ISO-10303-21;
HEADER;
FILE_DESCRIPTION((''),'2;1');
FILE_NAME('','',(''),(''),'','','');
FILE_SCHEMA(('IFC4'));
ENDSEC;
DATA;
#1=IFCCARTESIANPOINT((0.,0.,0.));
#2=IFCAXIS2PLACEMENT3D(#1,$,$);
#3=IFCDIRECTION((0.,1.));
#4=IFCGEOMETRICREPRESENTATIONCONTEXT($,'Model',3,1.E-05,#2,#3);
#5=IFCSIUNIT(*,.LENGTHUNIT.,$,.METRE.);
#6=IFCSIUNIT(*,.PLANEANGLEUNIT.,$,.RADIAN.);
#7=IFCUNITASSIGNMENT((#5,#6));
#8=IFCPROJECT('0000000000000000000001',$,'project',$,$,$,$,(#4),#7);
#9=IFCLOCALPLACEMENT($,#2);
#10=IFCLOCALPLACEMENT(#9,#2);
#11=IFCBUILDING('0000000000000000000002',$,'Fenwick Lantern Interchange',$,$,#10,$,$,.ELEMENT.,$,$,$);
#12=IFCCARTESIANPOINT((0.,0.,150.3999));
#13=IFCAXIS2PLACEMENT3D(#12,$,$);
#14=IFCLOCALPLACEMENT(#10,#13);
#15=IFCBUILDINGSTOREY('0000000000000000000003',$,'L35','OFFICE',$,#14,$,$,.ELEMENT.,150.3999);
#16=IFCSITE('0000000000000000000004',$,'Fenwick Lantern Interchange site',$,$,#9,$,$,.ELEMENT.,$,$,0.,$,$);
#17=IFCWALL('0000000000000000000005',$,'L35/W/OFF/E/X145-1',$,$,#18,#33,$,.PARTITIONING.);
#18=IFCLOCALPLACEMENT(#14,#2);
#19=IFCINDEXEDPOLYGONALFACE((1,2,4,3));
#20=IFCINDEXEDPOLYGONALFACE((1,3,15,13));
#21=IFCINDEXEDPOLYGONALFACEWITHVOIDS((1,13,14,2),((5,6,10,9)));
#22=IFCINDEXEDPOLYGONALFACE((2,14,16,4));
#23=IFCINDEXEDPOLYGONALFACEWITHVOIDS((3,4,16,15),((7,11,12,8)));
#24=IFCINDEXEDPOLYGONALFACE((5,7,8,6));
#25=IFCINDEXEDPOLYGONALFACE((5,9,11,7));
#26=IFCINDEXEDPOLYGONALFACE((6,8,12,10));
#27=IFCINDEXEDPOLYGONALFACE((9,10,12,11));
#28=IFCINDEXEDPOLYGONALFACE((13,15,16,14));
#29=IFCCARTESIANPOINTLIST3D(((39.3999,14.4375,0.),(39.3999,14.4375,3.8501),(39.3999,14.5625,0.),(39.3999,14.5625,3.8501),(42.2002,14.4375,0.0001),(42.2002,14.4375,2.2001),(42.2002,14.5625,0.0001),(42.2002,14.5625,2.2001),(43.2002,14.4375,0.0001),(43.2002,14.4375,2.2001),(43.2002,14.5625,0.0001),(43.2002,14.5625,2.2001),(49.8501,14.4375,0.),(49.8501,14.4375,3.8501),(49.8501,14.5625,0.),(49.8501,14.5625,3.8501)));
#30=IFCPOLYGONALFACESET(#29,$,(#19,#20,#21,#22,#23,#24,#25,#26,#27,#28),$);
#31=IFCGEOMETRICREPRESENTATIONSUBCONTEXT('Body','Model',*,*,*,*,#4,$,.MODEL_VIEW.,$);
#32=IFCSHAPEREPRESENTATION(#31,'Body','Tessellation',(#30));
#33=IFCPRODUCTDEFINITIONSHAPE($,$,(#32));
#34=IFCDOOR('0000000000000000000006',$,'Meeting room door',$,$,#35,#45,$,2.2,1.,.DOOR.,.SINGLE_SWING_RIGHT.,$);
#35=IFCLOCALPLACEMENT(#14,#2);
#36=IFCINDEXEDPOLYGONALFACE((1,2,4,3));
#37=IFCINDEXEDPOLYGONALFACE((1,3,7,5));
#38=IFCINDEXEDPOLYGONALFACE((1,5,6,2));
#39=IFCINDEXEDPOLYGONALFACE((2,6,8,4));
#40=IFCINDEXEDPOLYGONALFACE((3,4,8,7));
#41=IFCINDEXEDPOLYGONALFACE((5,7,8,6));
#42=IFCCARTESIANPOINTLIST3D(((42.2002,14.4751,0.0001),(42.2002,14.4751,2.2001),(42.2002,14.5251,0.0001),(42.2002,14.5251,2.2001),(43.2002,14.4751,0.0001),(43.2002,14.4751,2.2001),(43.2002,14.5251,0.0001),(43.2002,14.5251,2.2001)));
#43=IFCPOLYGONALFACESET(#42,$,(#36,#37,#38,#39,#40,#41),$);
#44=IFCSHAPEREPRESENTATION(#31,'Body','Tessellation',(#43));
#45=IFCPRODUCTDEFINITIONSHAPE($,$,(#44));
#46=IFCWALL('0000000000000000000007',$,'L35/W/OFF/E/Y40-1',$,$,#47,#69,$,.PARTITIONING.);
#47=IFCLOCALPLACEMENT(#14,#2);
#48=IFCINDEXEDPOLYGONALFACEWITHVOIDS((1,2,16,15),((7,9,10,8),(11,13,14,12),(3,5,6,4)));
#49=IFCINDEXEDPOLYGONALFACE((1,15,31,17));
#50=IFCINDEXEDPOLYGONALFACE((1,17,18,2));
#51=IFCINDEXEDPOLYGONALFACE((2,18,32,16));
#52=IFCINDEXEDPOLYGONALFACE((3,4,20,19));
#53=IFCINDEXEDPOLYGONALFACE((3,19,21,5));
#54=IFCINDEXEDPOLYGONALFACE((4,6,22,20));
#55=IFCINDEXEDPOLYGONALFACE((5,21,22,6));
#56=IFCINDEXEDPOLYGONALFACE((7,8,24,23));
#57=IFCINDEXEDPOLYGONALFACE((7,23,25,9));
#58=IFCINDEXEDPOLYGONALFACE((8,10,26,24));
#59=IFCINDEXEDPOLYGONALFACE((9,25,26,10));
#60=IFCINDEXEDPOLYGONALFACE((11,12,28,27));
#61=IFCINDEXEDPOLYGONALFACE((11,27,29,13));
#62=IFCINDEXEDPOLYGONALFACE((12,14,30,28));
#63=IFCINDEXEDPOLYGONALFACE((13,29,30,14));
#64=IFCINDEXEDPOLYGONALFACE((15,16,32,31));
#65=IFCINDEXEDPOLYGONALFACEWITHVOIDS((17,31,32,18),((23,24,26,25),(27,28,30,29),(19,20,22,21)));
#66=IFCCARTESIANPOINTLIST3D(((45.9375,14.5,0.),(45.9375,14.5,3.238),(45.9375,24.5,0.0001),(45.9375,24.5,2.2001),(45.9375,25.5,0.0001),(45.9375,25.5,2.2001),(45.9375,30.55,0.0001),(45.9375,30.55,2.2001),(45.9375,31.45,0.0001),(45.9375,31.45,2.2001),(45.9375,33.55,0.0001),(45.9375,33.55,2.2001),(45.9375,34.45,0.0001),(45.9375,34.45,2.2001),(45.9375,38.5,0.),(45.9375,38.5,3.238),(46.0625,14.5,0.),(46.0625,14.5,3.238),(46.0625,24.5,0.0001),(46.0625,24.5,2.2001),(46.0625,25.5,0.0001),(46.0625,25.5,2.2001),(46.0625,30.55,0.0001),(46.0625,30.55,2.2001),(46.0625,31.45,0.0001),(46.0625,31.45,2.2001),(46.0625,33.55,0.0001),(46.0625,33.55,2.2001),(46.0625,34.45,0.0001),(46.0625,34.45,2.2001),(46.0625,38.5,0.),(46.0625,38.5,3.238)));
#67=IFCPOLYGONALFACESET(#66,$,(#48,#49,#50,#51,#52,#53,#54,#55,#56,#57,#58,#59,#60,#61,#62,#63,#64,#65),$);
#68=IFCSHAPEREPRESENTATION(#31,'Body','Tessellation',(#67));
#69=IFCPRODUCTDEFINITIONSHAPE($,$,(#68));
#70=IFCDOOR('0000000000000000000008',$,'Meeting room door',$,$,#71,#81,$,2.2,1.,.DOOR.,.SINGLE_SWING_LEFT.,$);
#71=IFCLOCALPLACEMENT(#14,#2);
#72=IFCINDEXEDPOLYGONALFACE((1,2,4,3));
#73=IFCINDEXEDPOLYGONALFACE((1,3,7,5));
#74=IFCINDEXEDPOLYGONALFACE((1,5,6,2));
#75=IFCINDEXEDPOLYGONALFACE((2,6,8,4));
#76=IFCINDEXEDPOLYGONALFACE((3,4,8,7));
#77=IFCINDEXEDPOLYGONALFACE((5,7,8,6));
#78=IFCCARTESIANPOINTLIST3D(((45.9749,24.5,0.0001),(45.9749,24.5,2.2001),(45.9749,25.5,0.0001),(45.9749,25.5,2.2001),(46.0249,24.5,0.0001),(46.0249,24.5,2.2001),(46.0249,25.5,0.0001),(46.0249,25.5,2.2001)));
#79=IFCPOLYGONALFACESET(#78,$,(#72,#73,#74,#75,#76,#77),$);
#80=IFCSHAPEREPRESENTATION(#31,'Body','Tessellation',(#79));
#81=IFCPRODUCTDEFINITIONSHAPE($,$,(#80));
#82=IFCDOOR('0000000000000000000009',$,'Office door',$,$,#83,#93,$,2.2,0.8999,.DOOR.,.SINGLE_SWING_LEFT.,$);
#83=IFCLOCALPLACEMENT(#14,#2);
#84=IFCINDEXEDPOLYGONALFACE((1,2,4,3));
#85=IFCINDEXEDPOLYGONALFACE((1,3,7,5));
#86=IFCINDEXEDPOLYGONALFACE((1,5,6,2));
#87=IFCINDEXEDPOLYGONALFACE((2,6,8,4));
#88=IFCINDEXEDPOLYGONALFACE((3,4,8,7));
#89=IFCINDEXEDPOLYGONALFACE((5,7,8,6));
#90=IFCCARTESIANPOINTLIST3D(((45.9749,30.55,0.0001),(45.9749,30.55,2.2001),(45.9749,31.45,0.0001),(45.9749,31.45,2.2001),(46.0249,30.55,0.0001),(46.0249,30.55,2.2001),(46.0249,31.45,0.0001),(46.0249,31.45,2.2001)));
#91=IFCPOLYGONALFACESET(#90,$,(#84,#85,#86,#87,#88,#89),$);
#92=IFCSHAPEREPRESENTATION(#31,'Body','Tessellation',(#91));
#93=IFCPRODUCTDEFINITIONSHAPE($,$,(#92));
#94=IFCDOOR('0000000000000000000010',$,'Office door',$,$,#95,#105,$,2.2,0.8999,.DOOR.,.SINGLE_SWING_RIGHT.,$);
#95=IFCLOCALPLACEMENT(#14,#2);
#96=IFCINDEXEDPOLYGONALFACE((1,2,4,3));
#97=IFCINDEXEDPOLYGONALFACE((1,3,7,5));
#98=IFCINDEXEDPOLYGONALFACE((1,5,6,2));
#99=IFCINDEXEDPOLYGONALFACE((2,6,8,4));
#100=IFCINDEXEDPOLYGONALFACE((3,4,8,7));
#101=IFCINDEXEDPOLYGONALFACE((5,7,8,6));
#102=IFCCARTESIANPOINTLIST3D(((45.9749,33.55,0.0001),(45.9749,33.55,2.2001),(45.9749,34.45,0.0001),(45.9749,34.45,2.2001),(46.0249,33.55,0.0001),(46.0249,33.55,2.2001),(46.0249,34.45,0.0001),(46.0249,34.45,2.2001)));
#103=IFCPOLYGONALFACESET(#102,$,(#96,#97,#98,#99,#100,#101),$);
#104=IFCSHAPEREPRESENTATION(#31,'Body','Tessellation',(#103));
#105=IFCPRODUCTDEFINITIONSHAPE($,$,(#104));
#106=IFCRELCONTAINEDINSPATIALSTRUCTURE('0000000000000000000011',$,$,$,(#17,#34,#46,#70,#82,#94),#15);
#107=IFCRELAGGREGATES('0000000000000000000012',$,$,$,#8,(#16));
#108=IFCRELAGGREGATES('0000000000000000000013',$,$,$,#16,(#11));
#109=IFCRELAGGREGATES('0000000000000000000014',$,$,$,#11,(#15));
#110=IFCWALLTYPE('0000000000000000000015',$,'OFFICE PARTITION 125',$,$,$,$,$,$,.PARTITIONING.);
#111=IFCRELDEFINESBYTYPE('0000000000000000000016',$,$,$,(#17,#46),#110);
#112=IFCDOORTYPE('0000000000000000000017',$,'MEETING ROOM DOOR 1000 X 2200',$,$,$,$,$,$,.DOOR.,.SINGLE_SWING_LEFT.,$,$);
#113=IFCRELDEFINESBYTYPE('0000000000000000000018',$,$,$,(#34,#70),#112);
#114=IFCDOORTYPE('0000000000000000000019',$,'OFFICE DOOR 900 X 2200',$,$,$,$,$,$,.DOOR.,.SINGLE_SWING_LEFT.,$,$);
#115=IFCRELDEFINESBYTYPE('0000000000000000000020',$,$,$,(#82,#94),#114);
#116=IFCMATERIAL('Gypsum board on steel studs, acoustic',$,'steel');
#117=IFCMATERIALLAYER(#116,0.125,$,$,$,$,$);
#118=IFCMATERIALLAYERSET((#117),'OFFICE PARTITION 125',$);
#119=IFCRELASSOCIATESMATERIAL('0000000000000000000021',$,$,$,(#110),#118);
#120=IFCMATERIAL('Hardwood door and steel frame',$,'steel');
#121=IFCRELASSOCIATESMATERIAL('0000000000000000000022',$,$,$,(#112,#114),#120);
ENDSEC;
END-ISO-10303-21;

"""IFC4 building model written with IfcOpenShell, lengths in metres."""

from ifc_helpers import new_model, si_unit, direction, frame, frame_2d, origin, place, context, subcontext, project, spatial, rectangle, extrude, material, layer, layer_set, type_object, element, fill, save


model = new_model("IFC4")

# Units and contexts
model_context = context("Model", 3, precision=1e-05, world=origin(), true_north=direction((0.0, 1.0)))
body_context = subcontext(model_context, "Body", "Model", "MODEL_VIEW")
ifc_project = project(units=[si_unit("LENGTHUNIT", "METRE"), si_unit("PLANEANGLEUNIT", "RADIAN")], contexts=[model_context])

# Site, building, storey
site_placement = place(None, origin())
site = spatial("IfcSite", under=ifc_project, at=site_placement, Name="Fenwick Lantern Interchange site", CompositionType="ELEMENT", RefElevation=0.0)
building_placement = place(site_placement, origin())
building = spatial("IfcBuilding", under=site, at=building_placement, Name="Fenwick Lantern Interchange", CompositionType="ELEMENT")
storey_placement = place(building_placement, frame((0.0, 0.0, 150.3999)))
storey = spatial("IfcBuildingStorey", under=building, at=storey_placement, Name="L35", Description="OFFICE", CompositionType="ELEMENT", Elevation=150.3999)

# Wall, opening, door
ifc_material_1 = material(Name="Gypsum board on steel studs, acoustic", Category="steel")
ifc_layer_1 = layer(ifc_material_1, 0.125)
ifc_layer_set_1 = layer_set([ifc_layer_1], Name="OFFICE PARTITION 125")
wall_type_1 = type_object("IfcWallType", Name="OFFICE PARTITION 125", PredefinedType="PARTITIONING", material=ifc_layer_set_1)
wall_1_placement = place(storey_placement, frame((49.8501, 14.5, 0.0), z_axis=(0.0, 0.0, 1.0), x_axis=(-1.0, 0.0, 0.0)))
wall_1 = element("IfcWall", 1, at=wall_1_placement, inside=storey, type_object=wall_type_1, Name="L35/W/OFF/E/X145-1", PredefinedType="PARTITIONING", context=body_context, shape_type="SweptSolid", body=[
    extrude(rectangle(XDim=10.4502, YDim=0.125, at=frame_2d((5.2251, 0.0))), origin(), (0.0, 0.0, 1.0), 3.8501),
])
opening_1_placement = place(wall_1_placement, frame((6.6499, 0.0, 0.0)))
opening_1 = element("IfcOpeningElement", 2, at=opening_1_placement, cuts=wall_1, PredefinedType="OPENING", context=body_context, shape_type="SweptSolid", body=[
    extrude(rectangle(XDim=1.0, YDim=2.2, at=frame_2d((0.5, 1.1001))), frame((0.0, 0.0725, 0.0), z_axis=(0.0, -1.0, 0.0), x_axis=(1.0, 0.0, 0.0)), (0.0, 0.0, 1.0), 0.145),
])
ifc_material_2 = material(Name="Hardwood door and steel frame", Category="steel")
door_type_1 = type_object("IfcDoorType", Name="MEETING ROOM DOOR 1000 X 2200", OperationType="SINGLE_SWING_LEFT", PredefinedType="DOOR", material=ifc_material_2)
door_1_placement = place(opening_1_placement, origin())
door_1 = element("IfcDoor", 3, at=door_1_placement, inside=storey, type_object=door_type_1, Name="Meeting room door", OperationType="SINGLE_SWING_RIGHT", OverallHeight=2.2, OverallWidth=1.0, PredefinedType="DOOR", context=body_context, shape_type="SweptSolid", body=[
    extrude(rectangle(XDim=1.0, YDim=2.2, at=frame_2d((0.5, 1.1001))), frame((0.0, 0.0249, 0.0), z_axis=(0.0, -1.0, 0.0), x_axis=(1.0, 0.0, 0.0)), (0.0, 0.0, 1.0), 0.05),
])
fill(opening_1, door_1)

# Wall, openings, doors
wall_2_placement = place(storey_placement, frame((46.0, 14.5, 0.0), z_axis=(0.0, 0.0, 1.0), x_axis=(0.0, 1.0, 0.0)))
wall_2 = element("IfcWall", 4, at=wall_2_placement, inside=storey, type_object=wall_type_1, Name="L35/W/OFF/E/Y40-1", PredefinedType="PARTITIONING", context=body_context, shape_type="SweptSolid", body=[
    extrude(rectangle(XDim=24.0, YDim=0.125, at=frame_2d((12.0, 0.0))), origin(), (0.0, 0.0, 1.0), 3.238),
])
opening_2_placement = place(wall_2_placement, frame((10.0, 0.0, 0.0)))
opening_2 = element("IfcOpeningElement", 5, at=opening_2_placement, cuts=wall_2, PredefinedType="OPENING", context=body_context, shape_type="SweptSolid", body=[
    extrude(rectangle(XDim=1.0, YDim=2.2, at=frame_2d((0.5, 1.1001))), frame((0.0, 0.0725, 0.0), z_axis=(0.0, -1.0, 0.0), x_axis=(1.0, 0.0, 0.0)), (0.0, 0.0, 1.0), 0.145),
])
opening_3_placement = place(wall_2_placement, frame((16.05, 0.0, 0.0)))
opening_3 = element("IfcOpeningElement", 6, at=opening_3_placement, cuts=wall_2, PredefinedType="OPENING", context=body_context, shape_type="SweptSolid", body=[
    extrude(rectangle(XDim=0.8999, YDim=2.2, at=frame_2d((0.45, 1.1001))), frame((0.0, 0.0725, 0.0), z_axis=(0.0, -1.0, 0.0), x_axis=(1.0, 0.0, 0.0)), (0.0, 0.0, 1.0), 0.145),
])
opening_4_placement = place(wall_2_placement, frame((19.05, 0.0, 0.0)))
opening_4 = element("IfcOpeningElement", 7, at=opening_4_placement, cuts=wall_2, PredefinedType="OPENING", context=body_context, shape_type="SweptSolid", body=[
    extrude(rectangle(XDim=0.8999, YDim=2.2, at=frame_2d((0.45, 1.1001))), frame((0.0, 0.0725, 0.0), z_axis=(0.0, -1.0, 0.0), x_axis=(1.0, 0.0, 0.0)), (0.0, 0.0, 1.0), 0.145),
])
door_2_placement = place(opening_2_placement, frame((1.0, 0.0, 0.0), z_axis=(0.0, 0.0, 1.0), x_axis=(-1.0, 0.0, 0.0)))
door_2 = element("IfcDoor", 8, at=door_2_placement, inside=storey, type_object=door_type_1, Name="Meeting room door", OperationType="SINGLE_SWING_LEFT", OverallHeight=2.2, OverallWidth=1.0, PredefinedType="DOOR", context=body_context, shape_type="SweptSolid", body=[
    extrude(rectangle(XDim=1.0, YDim=2.2, at=frame_2d((0.5, 1.1001))), frame((0.0, 0.0249, 0.0), z_axis=(0.0, -1.0, 0.0), x_axis=(1.0, 0.0, 0.0)), (0.0, 0.0, 1.0), 0.05),
])
fill(opening_2, door_2)
door_type_2 = type_object("IfcDoorType", Name="OFFICE DOOR 900 X 2200", OperationType="SINGLE_SWING_LEFT", PredefinedType="DOOR", material=ifc_material_2)
door_3_placement = place(opening_3_placement, frame((0.8999, 0.0, 0.0), z_axis=(0.0, 0.0, 1.0), x_axis=(-1.0, 0.0, 0.0)))
door_3 = element("IfcDoor", 9, at=door_3_placement, inside=storey, type_object=door_type_2, Name="Office door", OperationType="SINGLE_SWING_LEFT", OverallHeight=2.2, OverallWidth=0.8999, PredefinedType="DOOR", context=body_context, shape_type="SweptSolid", body=[
    extrude(rectangle(XDim=0.8999, YDim=2.2, at=frame_2d((0.45, 1.1001))), frame((0.0, 0.0249, 0.0), z_axis=(0.0, -1.0, 0.0), x_axis=(1.0, 0.0, 0.0)), (0.0, 0.0, 1.0), 0.05),
])
fill(opening_3, door_3)
door_4_placement = place(opening_4_placement, frame((0.8999, 0.0, 0.0), z_axis=(0.0, 0.0, 1.0), x_axis=(-1.0, 0.0, 0.0)))
door_4 = element("IfcDoor", 10, at=door_4_placement, inside=storey, type_object=door_type_2, Name="Office door", OperationType="SINGLE_SWING_RIGHT", OverallHeight=2.2, OverallWidth=0.8999, PredefinedType="DOOR", context=body_context, shape_type="SweptSolid", body=[
    extrude(rectangle(XDim=0.8999, YDim=2.2, at=frame_2d((0.45, 1.1001))), frame((0.0, 0.0249, 0.0), z_axis=(0.0, -1.0, 0.0), x_axis=(1.0, 0.0, 0.0)), (0.0, 0.0, 1.0), 0.05),
])
fill(opening_4, door_4)

save(model, "model.ifc")
